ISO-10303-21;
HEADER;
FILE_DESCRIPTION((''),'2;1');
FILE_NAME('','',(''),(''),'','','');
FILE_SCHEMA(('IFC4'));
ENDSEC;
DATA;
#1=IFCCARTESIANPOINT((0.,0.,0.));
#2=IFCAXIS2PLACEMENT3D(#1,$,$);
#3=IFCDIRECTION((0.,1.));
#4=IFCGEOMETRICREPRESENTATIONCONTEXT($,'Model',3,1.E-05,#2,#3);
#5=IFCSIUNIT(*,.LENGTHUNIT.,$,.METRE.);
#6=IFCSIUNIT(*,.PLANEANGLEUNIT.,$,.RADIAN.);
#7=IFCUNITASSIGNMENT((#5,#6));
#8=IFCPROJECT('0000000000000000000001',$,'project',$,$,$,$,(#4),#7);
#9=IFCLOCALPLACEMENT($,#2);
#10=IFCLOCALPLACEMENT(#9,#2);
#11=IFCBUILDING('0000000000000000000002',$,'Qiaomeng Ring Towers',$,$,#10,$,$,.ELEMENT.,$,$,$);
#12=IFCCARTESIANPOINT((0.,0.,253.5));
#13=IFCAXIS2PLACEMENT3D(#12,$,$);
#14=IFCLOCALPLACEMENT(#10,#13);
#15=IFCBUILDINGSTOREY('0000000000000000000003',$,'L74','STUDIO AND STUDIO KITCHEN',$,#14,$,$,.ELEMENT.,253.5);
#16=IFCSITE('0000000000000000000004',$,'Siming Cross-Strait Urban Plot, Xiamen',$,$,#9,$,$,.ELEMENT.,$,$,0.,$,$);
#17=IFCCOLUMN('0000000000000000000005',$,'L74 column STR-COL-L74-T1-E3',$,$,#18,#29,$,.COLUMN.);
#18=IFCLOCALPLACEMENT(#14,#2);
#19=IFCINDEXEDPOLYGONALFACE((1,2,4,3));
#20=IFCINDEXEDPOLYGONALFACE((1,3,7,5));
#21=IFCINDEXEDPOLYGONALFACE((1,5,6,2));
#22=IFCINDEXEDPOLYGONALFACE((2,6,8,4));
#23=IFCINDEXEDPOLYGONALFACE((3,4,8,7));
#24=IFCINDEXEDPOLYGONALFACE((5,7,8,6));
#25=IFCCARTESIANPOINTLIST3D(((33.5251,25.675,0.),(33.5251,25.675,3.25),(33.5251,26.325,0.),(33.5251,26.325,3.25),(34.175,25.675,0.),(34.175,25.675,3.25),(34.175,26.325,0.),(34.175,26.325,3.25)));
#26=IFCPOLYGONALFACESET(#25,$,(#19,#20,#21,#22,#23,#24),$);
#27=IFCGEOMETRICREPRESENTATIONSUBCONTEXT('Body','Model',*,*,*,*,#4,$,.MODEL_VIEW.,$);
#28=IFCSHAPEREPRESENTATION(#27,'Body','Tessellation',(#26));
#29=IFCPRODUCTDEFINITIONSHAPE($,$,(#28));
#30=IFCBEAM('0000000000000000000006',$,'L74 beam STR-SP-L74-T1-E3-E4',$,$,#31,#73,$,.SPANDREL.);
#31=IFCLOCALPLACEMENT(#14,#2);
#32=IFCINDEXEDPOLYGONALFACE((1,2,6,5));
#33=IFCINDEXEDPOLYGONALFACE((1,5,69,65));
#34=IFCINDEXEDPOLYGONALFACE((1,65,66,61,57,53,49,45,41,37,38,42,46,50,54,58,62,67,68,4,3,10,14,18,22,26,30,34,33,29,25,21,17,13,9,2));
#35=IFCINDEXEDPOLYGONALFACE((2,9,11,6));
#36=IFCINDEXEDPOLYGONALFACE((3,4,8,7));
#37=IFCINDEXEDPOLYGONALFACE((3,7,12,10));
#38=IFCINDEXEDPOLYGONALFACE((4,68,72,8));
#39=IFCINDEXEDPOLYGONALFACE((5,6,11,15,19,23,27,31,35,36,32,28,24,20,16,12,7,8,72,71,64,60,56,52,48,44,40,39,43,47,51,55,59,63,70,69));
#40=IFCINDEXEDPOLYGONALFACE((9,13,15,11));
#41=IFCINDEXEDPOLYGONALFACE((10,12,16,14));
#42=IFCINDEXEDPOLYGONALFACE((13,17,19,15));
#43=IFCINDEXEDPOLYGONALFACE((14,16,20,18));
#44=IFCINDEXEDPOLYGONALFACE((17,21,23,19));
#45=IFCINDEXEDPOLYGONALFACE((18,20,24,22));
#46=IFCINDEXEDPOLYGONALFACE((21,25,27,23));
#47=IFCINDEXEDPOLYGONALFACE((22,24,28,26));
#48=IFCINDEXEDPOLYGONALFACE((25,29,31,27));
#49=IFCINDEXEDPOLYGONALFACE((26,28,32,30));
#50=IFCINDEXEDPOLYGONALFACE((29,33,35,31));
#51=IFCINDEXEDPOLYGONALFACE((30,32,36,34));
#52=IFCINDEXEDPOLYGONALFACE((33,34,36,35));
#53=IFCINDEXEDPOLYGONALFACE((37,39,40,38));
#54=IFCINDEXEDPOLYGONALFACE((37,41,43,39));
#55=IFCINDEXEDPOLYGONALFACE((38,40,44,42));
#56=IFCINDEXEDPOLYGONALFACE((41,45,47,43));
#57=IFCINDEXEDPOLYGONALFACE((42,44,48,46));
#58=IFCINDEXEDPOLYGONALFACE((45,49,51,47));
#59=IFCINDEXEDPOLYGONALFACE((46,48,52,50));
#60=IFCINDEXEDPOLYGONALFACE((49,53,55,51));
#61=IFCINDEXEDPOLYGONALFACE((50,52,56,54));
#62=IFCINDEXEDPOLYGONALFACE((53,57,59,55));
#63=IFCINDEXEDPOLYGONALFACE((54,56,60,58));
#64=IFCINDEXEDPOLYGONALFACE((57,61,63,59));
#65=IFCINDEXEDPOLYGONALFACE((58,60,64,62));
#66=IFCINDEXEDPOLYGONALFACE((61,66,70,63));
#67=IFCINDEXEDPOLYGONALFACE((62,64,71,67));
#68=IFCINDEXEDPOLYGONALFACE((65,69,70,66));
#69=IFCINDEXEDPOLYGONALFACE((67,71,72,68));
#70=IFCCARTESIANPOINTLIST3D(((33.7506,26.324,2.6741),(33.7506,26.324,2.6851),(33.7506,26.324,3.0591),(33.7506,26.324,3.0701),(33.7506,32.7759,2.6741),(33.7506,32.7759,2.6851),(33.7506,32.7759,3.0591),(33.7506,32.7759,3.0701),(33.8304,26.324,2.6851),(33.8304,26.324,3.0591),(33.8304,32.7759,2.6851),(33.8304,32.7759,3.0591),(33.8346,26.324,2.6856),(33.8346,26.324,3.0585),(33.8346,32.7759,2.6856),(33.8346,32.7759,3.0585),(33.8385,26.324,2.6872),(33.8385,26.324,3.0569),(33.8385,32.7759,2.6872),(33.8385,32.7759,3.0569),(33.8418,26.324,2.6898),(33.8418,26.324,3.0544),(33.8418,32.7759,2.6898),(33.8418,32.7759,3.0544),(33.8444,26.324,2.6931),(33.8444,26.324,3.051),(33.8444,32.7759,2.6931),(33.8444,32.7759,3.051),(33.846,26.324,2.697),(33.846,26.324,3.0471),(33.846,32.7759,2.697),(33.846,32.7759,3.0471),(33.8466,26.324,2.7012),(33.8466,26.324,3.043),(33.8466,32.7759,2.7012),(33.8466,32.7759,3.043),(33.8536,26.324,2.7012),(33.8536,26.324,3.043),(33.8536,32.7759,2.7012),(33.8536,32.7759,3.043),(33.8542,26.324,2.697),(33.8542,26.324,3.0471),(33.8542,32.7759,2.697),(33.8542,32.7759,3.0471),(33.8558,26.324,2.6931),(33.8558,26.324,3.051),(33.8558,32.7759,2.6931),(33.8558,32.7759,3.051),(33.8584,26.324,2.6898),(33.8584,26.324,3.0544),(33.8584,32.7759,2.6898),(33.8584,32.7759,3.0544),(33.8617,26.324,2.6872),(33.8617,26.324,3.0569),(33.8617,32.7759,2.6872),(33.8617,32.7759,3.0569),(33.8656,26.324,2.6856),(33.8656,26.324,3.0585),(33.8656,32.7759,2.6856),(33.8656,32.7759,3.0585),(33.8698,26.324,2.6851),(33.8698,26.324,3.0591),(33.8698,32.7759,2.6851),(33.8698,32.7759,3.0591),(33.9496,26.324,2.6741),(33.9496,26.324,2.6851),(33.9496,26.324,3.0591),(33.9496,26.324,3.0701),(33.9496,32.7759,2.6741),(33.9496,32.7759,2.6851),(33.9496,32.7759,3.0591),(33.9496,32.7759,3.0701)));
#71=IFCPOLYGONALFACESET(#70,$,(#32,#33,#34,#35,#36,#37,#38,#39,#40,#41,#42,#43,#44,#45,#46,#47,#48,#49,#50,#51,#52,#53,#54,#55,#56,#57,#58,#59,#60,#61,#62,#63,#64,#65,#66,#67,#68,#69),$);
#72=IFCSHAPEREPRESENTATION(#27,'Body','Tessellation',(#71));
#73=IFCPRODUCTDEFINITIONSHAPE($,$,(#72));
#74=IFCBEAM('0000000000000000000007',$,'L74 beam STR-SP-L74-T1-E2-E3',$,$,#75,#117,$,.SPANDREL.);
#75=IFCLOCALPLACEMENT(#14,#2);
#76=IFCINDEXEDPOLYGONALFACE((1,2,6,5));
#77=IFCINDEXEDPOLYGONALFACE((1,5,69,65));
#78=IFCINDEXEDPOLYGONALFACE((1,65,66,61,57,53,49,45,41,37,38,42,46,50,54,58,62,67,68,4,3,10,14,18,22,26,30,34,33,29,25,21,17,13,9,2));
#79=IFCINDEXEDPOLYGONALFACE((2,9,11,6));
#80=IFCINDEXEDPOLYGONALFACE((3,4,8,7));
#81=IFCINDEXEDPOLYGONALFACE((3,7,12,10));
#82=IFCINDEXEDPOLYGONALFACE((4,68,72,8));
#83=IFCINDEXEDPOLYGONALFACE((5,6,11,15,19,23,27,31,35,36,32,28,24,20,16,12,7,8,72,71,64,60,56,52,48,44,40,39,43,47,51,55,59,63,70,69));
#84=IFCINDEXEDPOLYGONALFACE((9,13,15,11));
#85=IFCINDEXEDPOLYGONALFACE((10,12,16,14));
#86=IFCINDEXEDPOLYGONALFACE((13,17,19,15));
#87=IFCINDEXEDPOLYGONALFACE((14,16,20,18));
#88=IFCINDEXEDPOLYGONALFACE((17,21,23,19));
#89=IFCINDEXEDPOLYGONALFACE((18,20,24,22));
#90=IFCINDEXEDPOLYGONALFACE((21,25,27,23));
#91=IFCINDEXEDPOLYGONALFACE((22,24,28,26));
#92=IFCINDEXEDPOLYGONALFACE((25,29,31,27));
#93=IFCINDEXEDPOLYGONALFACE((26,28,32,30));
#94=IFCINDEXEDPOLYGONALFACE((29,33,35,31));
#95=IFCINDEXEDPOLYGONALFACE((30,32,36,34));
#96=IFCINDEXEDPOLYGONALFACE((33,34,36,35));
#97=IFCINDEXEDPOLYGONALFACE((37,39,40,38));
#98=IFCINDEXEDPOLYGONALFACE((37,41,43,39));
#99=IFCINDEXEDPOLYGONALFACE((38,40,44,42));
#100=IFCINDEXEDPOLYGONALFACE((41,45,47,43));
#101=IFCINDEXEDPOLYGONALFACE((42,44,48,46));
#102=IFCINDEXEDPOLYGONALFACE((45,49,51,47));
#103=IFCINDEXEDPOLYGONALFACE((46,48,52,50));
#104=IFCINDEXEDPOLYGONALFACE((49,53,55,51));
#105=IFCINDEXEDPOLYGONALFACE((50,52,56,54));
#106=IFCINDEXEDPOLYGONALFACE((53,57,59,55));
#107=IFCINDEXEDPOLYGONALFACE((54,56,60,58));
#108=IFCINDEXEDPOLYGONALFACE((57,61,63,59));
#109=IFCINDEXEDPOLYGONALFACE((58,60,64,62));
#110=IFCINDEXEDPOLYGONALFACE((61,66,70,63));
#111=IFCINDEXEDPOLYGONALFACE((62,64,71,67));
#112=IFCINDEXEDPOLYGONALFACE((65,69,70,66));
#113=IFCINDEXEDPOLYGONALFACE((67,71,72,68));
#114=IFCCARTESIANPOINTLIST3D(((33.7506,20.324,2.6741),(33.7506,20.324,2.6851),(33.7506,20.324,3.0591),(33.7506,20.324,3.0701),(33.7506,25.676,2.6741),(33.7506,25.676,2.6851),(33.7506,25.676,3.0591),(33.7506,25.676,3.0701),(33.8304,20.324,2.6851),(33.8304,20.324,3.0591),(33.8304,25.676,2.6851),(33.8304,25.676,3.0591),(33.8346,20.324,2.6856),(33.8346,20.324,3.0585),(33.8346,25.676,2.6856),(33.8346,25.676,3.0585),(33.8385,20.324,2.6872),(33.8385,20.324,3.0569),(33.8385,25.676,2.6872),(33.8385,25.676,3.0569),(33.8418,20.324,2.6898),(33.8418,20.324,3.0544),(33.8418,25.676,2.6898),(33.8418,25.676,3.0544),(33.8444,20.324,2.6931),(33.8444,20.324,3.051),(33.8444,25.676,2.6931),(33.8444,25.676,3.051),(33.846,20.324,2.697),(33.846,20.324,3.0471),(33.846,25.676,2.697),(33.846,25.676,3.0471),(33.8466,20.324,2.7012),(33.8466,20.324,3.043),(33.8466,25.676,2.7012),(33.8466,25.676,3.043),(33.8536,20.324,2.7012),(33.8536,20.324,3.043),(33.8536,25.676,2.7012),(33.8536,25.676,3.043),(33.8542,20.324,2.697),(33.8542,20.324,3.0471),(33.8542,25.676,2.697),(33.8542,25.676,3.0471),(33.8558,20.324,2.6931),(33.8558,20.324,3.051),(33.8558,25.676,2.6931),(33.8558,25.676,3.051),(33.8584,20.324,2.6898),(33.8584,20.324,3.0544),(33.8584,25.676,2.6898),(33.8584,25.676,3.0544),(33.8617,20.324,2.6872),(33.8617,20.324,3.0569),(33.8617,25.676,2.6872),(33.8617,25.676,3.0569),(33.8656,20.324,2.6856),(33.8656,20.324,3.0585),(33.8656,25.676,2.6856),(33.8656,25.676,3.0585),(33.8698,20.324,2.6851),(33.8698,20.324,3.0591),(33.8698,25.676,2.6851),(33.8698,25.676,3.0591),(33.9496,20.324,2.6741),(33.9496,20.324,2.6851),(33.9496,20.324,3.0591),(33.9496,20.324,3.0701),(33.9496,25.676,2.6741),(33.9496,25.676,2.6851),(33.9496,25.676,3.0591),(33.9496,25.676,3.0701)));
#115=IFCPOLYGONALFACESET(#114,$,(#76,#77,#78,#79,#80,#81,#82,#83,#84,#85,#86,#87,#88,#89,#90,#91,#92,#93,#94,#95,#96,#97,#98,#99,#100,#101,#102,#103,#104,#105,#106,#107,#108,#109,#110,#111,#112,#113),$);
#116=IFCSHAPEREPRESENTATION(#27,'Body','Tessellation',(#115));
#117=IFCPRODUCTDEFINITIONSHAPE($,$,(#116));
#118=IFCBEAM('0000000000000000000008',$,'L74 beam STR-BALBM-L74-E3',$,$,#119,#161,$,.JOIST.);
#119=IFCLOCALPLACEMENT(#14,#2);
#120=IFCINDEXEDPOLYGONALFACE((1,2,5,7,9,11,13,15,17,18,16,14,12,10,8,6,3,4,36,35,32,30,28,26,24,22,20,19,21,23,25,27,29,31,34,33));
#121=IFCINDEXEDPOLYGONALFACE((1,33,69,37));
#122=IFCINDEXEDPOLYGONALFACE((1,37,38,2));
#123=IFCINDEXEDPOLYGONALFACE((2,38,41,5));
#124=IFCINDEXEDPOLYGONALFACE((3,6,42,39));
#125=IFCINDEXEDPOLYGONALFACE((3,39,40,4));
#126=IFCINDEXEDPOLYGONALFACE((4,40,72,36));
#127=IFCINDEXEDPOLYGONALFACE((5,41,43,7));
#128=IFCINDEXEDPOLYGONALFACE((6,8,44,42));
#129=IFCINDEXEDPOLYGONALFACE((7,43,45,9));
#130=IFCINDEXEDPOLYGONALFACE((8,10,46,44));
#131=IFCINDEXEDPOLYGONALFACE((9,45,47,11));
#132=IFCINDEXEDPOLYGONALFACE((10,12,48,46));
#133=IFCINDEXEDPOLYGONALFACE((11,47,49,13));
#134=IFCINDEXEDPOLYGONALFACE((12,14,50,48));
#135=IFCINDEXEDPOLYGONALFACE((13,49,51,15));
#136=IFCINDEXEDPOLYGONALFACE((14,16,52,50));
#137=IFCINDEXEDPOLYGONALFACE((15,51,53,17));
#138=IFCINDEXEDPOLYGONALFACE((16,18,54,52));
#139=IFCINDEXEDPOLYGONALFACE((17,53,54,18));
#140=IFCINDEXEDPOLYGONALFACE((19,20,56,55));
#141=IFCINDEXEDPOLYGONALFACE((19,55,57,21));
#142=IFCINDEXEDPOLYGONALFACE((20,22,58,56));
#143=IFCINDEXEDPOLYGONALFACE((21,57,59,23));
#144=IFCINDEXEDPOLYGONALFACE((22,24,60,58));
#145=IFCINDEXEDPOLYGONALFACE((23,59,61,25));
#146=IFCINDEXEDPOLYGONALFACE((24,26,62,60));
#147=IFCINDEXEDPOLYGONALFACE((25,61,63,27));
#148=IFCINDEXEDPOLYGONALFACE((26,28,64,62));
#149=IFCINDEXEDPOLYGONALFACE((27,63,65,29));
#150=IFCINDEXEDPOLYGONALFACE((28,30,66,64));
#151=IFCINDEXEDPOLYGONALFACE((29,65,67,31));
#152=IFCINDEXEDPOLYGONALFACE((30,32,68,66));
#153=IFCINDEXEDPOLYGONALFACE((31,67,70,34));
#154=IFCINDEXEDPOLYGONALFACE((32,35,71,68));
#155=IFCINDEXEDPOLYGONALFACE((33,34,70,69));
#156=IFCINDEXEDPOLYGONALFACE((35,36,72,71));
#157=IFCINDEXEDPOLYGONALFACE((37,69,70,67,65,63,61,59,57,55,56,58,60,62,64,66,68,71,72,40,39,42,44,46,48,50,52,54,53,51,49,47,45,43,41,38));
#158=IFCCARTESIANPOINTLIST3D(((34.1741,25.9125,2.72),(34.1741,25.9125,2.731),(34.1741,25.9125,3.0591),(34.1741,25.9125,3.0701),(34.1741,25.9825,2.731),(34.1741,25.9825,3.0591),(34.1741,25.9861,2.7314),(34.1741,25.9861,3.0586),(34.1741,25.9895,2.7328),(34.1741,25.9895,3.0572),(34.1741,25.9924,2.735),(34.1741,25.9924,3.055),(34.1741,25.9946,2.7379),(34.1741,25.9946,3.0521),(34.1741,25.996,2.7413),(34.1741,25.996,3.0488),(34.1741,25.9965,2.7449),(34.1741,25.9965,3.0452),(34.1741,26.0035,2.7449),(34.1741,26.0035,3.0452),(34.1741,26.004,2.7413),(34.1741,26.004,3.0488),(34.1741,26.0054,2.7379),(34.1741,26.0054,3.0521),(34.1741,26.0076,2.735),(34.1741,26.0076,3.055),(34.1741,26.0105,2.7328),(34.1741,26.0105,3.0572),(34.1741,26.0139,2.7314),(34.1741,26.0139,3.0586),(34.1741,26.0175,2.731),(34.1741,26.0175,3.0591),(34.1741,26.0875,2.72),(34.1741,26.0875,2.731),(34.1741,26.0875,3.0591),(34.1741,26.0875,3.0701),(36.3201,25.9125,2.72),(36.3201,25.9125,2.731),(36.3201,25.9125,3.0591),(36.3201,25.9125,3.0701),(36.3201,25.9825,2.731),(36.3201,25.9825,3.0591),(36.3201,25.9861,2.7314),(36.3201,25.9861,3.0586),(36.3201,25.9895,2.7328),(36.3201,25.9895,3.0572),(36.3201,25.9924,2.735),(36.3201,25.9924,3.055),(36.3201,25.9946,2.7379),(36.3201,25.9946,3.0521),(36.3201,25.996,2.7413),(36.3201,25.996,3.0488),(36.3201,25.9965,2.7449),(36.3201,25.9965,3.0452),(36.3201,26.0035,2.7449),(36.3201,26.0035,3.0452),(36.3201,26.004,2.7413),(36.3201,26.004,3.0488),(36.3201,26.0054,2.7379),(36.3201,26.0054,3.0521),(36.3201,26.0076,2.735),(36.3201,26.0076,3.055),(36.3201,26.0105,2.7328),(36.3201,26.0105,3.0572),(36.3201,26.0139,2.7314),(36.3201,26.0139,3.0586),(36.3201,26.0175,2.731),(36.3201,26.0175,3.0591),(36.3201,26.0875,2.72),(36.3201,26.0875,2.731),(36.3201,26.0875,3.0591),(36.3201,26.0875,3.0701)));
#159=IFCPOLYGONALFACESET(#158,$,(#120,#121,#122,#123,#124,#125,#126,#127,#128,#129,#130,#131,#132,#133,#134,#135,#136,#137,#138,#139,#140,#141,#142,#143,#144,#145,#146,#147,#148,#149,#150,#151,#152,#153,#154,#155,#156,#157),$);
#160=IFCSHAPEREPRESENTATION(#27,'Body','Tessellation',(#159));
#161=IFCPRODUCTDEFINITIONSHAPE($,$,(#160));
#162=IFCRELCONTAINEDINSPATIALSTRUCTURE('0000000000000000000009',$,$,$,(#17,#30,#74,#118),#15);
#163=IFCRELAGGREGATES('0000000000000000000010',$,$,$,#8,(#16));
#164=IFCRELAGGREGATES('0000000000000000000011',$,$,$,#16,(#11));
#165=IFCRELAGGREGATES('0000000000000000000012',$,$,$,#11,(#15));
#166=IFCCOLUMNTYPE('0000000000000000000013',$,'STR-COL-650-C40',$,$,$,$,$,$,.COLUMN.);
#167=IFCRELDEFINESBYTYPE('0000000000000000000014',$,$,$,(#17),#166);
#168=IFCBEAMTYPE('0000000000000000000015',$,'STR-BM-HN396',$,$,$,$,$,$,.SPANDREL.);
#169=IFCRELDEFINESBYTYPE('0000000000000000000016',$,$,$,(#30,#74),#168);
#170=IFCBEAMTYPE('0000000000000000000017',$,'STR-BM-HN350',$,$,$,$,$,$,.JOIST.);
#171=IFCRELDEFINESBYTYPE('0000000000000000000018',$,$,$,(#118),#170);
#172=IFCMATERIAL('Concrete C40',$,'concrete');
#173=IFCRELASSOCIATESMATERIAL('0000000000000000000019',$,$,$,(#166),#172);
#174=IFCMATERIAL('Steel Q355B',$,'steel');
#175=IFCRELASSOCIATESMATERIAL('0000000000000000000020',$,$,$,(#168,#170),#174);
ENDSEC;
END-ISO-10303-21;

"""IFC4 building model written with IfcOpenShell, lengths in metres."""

from ifc_helpers import new_model, si_unit, direction, frame, origin, origin_2d, place, context, subcontext, project, spatial, rectangle, i_section, extrude, source, transform, mapped, material, material_profile, profile_set, type_object, element, save


model = new_model("IFC4")

# Units and contexts
model_context = context("Model", 3, precision=1e-05, world=origin(), true_north=direction((0.0, 1.0)))
body_context = subcontext(model_context, "Body", "Model", "MODEL_VIEW")
ifc_project = project(units=[si_unit("LENGTHUNIT", "METRE"), si_unit("PLANEANGLEUNIT", "RADIAN")], contexts=[model_context])

# Site, building, storey
site_placement = place(None, origin())
site = spatial("IfcSite", under=ifc_project, at=site_placement, Name="Siming Cross-Strait Urban Plot, Xiamen", CompositionType="ELEMENT", RefElevation=0.0)
building_placement = place(site_placement, origin())
building = spatial("IfcBuilding", under=site, at=building_placement, Name="Qiaomeng Ring Towers", CompositionType="ELEMENT")
storey_placement = place(building_placement, frame((0.0, 0.0, 253.5)))
storey = spatial("IfcBuildingStorey", under=building, at=storey_placement, Name="L74", Description="STUDIO AND STUDIO KITCHEN", CompositionType="ELEMENT", Elevation=253.5)

# Column
ifc_material_1 = material(Name="Concrete C40", Category="concrete")
ifc_material_profile_1 = material_profile(ifc_material_1, rectangle(XDim=0.6499, YDim=0.6499, at=origin_2d()), Name="RC COL 650x650")
ifc_profile_set_1 = profile_set([ifc_material_profile_1], Name="Concrete C40")
column_type = type_object("IfcColumnType", Name="STR-COL-650-C40", PredefinedType="COLUMN", material=ifc_profile_set_1)
shared_shape_1 = source(origin(), body_context, "Body", "SweptSolid", [
    extrude(rectangle(XDim=0.6499, YDim=0.6499, at=origin_2d()), origin(), (0.0, 0.0, 1.0), 3.25),
])
column_placement = place(storey_placement, frame((33.8501, 26.0, 0.0), z_axis=(0.0, 0.0, 1.0), x_axis=(1.0, 0.0, 0.0)))
element("IfcColumn", 1, at=column_placement, inside=storey, type_object=column_type, Name="L74 column STR-COL-L74-T1-E3", PredefinedType="COLUMN", context=body_context, shape_type="MappedRepresentation", body=[
    mapped(shared_shape_1, transform((0.0, 0.0, 0.0), x_axis=(1.0, 0.0, 0.0), y_axis=(0.0, 1.0, 0.0), z_axis=(0.0, 0.0, 1.0), scale=1.0)),
])

# Beams
ifc_material_2 = material(Name="Steel Q355B", Category="steel")
ifc_material_profile_2 = material_profile(ifc_material_2, i_section(OverallWidth=0.199, OverallDepth=0.396, WebThickness=0.0071, FlangeThickness=0.011, FilletRadius=0.0161, at=origin_2d()), Name="HN 396x199x7x11")
ifc_profile_set_2 = profile_set([ifc_material_profile_2], Name="Steel Q355B")
beam_type_1 = type_object("IfcBeamType", Name="STR-BM-HN396", PredefinedType="SPANDREL", material=ifc_profile_set_2)
shared_shape_2 = source(origin(), body_context, "Body", "SweptSolid", [
    extrude(i_section(OverallWidth=0.199, OverallDepth=0.396, WebThickness=0.0071, FlangeThickness=0.011, FilletRadius=0.0161, at=origin_2d()), origin(), (0.0, 0.0, 1.0), 6.4519),
])
beam_1_placement = place(storey_placement, frame((33.8501, 26.324, 2.8721), z_axis=(0.0, 1.0, 0.0), x_axis=(-1.0, 0.0, 0.0)))
element("IfcBeam", 2, at=beam_1_placement, inside=storey, type_object=beam_type_1, Name="L74 beam STR-SP-L74-T1-E3-E4", PredefinedType="SPANDREL", context=body_context, shape_type="MappedRepresentation", body=[
    mapped(shared_shape_2, transform((0.0, 0.0, 0.0), x_axis=(1.0, 0.0, 0.0), y_axis=(0.0, 1.0, 0.0), z_axis=(0.0, 0.0, 1.0), scale=1.0)),
])
shared_shape_3 = source(origin(), body_context, "Body", "SweptSolid", [
    extrude(i_section(OverallWidth=0.199, OverallDepth=0.396, WebThickness=0.0071, FlangeThickness=0.011, FilletRadius=0.0161, at=origin_2d()), origin(), (0.0, 0.0, 1.0), 5.3521),
])
beam_2_placement = place(storey_placement, frame((33.8501, 20.324, 2.8721), z_axis=(0.0, 1.0, 0.0), x_axis=(-1.0, 0.0, 0.0)))
element("IfcBeam", 3, at=beam_2_placement, inside=storey, type_object=beam_type_1, Name="L74 beam STR-SP-L74-T1-E2-E3", PredefinedType="SPANDREL", context=body_context, shape_type="MappedRepresentation", body=[
    mapped(shared_shape_3, transform((0.0, 0.0, 0.0), x_axis=(1.0, 0.0, 0.0), y_axis=(0.0, 1.0, 0.0), z_axis=(0.0, 0.0, 1.0), scale=1.0)),
])
ifc_material_profile_3 = material_profile(ifc_material_2, i_section(OverallWidth=0.175, OverallDepth=0.3501, WebThickness=0.0071, FlangeThickness=0.011, FilletRadius=0.0139, at=origin_2d()), Name="HN 350x175x7x11")
ifc_profile_set_3 = profile_set([ifc_material_profile_3], Name="Steel Q355B")
beam_type_2 = type_object("IfcBeamType", Name="STR-BM-HN350", PredefinedType="JOIST", material=ifc_profile_set_3)
shared_shape_4 = source(origin(), body_context, "Body", "SweptSolid", [
    extrude(i_section(OverallWidth=0.175, OverallDepth=0.3501, WebThickness=0.0071, FlangeThickness=0.011, FilletRadius=0.0139, at=origin_2d()), origin(), (0.0, 0.0, 1.0), 2.146),
])
beam_3_placement = place(storey_placement, frame((34.1741, 26.0, 2.895), z_axis=(1.0, 0.0, 0.0), x_axis=(0.0, 1.0, 0.0)))
element("IfcBeam", 4, at=beam_3_placement, inside=storey, type_object=beam_type_2, Name="L74 beam STR-BALBM-L74-E3", PredefinedType="JOIST", context=body_context, shape_type="MappedRepresentation", body=[
    mapped(shared_shape_4, transform((0.0, 0.0, 0.0), x_axis=(1.0, 0.0, 0.0), y_axis=(0.0, 1.0, 0.0), z_axis=(0.0, 0.0, 1.0), scale=1.0)),
])

save(model, "model.ifc")
